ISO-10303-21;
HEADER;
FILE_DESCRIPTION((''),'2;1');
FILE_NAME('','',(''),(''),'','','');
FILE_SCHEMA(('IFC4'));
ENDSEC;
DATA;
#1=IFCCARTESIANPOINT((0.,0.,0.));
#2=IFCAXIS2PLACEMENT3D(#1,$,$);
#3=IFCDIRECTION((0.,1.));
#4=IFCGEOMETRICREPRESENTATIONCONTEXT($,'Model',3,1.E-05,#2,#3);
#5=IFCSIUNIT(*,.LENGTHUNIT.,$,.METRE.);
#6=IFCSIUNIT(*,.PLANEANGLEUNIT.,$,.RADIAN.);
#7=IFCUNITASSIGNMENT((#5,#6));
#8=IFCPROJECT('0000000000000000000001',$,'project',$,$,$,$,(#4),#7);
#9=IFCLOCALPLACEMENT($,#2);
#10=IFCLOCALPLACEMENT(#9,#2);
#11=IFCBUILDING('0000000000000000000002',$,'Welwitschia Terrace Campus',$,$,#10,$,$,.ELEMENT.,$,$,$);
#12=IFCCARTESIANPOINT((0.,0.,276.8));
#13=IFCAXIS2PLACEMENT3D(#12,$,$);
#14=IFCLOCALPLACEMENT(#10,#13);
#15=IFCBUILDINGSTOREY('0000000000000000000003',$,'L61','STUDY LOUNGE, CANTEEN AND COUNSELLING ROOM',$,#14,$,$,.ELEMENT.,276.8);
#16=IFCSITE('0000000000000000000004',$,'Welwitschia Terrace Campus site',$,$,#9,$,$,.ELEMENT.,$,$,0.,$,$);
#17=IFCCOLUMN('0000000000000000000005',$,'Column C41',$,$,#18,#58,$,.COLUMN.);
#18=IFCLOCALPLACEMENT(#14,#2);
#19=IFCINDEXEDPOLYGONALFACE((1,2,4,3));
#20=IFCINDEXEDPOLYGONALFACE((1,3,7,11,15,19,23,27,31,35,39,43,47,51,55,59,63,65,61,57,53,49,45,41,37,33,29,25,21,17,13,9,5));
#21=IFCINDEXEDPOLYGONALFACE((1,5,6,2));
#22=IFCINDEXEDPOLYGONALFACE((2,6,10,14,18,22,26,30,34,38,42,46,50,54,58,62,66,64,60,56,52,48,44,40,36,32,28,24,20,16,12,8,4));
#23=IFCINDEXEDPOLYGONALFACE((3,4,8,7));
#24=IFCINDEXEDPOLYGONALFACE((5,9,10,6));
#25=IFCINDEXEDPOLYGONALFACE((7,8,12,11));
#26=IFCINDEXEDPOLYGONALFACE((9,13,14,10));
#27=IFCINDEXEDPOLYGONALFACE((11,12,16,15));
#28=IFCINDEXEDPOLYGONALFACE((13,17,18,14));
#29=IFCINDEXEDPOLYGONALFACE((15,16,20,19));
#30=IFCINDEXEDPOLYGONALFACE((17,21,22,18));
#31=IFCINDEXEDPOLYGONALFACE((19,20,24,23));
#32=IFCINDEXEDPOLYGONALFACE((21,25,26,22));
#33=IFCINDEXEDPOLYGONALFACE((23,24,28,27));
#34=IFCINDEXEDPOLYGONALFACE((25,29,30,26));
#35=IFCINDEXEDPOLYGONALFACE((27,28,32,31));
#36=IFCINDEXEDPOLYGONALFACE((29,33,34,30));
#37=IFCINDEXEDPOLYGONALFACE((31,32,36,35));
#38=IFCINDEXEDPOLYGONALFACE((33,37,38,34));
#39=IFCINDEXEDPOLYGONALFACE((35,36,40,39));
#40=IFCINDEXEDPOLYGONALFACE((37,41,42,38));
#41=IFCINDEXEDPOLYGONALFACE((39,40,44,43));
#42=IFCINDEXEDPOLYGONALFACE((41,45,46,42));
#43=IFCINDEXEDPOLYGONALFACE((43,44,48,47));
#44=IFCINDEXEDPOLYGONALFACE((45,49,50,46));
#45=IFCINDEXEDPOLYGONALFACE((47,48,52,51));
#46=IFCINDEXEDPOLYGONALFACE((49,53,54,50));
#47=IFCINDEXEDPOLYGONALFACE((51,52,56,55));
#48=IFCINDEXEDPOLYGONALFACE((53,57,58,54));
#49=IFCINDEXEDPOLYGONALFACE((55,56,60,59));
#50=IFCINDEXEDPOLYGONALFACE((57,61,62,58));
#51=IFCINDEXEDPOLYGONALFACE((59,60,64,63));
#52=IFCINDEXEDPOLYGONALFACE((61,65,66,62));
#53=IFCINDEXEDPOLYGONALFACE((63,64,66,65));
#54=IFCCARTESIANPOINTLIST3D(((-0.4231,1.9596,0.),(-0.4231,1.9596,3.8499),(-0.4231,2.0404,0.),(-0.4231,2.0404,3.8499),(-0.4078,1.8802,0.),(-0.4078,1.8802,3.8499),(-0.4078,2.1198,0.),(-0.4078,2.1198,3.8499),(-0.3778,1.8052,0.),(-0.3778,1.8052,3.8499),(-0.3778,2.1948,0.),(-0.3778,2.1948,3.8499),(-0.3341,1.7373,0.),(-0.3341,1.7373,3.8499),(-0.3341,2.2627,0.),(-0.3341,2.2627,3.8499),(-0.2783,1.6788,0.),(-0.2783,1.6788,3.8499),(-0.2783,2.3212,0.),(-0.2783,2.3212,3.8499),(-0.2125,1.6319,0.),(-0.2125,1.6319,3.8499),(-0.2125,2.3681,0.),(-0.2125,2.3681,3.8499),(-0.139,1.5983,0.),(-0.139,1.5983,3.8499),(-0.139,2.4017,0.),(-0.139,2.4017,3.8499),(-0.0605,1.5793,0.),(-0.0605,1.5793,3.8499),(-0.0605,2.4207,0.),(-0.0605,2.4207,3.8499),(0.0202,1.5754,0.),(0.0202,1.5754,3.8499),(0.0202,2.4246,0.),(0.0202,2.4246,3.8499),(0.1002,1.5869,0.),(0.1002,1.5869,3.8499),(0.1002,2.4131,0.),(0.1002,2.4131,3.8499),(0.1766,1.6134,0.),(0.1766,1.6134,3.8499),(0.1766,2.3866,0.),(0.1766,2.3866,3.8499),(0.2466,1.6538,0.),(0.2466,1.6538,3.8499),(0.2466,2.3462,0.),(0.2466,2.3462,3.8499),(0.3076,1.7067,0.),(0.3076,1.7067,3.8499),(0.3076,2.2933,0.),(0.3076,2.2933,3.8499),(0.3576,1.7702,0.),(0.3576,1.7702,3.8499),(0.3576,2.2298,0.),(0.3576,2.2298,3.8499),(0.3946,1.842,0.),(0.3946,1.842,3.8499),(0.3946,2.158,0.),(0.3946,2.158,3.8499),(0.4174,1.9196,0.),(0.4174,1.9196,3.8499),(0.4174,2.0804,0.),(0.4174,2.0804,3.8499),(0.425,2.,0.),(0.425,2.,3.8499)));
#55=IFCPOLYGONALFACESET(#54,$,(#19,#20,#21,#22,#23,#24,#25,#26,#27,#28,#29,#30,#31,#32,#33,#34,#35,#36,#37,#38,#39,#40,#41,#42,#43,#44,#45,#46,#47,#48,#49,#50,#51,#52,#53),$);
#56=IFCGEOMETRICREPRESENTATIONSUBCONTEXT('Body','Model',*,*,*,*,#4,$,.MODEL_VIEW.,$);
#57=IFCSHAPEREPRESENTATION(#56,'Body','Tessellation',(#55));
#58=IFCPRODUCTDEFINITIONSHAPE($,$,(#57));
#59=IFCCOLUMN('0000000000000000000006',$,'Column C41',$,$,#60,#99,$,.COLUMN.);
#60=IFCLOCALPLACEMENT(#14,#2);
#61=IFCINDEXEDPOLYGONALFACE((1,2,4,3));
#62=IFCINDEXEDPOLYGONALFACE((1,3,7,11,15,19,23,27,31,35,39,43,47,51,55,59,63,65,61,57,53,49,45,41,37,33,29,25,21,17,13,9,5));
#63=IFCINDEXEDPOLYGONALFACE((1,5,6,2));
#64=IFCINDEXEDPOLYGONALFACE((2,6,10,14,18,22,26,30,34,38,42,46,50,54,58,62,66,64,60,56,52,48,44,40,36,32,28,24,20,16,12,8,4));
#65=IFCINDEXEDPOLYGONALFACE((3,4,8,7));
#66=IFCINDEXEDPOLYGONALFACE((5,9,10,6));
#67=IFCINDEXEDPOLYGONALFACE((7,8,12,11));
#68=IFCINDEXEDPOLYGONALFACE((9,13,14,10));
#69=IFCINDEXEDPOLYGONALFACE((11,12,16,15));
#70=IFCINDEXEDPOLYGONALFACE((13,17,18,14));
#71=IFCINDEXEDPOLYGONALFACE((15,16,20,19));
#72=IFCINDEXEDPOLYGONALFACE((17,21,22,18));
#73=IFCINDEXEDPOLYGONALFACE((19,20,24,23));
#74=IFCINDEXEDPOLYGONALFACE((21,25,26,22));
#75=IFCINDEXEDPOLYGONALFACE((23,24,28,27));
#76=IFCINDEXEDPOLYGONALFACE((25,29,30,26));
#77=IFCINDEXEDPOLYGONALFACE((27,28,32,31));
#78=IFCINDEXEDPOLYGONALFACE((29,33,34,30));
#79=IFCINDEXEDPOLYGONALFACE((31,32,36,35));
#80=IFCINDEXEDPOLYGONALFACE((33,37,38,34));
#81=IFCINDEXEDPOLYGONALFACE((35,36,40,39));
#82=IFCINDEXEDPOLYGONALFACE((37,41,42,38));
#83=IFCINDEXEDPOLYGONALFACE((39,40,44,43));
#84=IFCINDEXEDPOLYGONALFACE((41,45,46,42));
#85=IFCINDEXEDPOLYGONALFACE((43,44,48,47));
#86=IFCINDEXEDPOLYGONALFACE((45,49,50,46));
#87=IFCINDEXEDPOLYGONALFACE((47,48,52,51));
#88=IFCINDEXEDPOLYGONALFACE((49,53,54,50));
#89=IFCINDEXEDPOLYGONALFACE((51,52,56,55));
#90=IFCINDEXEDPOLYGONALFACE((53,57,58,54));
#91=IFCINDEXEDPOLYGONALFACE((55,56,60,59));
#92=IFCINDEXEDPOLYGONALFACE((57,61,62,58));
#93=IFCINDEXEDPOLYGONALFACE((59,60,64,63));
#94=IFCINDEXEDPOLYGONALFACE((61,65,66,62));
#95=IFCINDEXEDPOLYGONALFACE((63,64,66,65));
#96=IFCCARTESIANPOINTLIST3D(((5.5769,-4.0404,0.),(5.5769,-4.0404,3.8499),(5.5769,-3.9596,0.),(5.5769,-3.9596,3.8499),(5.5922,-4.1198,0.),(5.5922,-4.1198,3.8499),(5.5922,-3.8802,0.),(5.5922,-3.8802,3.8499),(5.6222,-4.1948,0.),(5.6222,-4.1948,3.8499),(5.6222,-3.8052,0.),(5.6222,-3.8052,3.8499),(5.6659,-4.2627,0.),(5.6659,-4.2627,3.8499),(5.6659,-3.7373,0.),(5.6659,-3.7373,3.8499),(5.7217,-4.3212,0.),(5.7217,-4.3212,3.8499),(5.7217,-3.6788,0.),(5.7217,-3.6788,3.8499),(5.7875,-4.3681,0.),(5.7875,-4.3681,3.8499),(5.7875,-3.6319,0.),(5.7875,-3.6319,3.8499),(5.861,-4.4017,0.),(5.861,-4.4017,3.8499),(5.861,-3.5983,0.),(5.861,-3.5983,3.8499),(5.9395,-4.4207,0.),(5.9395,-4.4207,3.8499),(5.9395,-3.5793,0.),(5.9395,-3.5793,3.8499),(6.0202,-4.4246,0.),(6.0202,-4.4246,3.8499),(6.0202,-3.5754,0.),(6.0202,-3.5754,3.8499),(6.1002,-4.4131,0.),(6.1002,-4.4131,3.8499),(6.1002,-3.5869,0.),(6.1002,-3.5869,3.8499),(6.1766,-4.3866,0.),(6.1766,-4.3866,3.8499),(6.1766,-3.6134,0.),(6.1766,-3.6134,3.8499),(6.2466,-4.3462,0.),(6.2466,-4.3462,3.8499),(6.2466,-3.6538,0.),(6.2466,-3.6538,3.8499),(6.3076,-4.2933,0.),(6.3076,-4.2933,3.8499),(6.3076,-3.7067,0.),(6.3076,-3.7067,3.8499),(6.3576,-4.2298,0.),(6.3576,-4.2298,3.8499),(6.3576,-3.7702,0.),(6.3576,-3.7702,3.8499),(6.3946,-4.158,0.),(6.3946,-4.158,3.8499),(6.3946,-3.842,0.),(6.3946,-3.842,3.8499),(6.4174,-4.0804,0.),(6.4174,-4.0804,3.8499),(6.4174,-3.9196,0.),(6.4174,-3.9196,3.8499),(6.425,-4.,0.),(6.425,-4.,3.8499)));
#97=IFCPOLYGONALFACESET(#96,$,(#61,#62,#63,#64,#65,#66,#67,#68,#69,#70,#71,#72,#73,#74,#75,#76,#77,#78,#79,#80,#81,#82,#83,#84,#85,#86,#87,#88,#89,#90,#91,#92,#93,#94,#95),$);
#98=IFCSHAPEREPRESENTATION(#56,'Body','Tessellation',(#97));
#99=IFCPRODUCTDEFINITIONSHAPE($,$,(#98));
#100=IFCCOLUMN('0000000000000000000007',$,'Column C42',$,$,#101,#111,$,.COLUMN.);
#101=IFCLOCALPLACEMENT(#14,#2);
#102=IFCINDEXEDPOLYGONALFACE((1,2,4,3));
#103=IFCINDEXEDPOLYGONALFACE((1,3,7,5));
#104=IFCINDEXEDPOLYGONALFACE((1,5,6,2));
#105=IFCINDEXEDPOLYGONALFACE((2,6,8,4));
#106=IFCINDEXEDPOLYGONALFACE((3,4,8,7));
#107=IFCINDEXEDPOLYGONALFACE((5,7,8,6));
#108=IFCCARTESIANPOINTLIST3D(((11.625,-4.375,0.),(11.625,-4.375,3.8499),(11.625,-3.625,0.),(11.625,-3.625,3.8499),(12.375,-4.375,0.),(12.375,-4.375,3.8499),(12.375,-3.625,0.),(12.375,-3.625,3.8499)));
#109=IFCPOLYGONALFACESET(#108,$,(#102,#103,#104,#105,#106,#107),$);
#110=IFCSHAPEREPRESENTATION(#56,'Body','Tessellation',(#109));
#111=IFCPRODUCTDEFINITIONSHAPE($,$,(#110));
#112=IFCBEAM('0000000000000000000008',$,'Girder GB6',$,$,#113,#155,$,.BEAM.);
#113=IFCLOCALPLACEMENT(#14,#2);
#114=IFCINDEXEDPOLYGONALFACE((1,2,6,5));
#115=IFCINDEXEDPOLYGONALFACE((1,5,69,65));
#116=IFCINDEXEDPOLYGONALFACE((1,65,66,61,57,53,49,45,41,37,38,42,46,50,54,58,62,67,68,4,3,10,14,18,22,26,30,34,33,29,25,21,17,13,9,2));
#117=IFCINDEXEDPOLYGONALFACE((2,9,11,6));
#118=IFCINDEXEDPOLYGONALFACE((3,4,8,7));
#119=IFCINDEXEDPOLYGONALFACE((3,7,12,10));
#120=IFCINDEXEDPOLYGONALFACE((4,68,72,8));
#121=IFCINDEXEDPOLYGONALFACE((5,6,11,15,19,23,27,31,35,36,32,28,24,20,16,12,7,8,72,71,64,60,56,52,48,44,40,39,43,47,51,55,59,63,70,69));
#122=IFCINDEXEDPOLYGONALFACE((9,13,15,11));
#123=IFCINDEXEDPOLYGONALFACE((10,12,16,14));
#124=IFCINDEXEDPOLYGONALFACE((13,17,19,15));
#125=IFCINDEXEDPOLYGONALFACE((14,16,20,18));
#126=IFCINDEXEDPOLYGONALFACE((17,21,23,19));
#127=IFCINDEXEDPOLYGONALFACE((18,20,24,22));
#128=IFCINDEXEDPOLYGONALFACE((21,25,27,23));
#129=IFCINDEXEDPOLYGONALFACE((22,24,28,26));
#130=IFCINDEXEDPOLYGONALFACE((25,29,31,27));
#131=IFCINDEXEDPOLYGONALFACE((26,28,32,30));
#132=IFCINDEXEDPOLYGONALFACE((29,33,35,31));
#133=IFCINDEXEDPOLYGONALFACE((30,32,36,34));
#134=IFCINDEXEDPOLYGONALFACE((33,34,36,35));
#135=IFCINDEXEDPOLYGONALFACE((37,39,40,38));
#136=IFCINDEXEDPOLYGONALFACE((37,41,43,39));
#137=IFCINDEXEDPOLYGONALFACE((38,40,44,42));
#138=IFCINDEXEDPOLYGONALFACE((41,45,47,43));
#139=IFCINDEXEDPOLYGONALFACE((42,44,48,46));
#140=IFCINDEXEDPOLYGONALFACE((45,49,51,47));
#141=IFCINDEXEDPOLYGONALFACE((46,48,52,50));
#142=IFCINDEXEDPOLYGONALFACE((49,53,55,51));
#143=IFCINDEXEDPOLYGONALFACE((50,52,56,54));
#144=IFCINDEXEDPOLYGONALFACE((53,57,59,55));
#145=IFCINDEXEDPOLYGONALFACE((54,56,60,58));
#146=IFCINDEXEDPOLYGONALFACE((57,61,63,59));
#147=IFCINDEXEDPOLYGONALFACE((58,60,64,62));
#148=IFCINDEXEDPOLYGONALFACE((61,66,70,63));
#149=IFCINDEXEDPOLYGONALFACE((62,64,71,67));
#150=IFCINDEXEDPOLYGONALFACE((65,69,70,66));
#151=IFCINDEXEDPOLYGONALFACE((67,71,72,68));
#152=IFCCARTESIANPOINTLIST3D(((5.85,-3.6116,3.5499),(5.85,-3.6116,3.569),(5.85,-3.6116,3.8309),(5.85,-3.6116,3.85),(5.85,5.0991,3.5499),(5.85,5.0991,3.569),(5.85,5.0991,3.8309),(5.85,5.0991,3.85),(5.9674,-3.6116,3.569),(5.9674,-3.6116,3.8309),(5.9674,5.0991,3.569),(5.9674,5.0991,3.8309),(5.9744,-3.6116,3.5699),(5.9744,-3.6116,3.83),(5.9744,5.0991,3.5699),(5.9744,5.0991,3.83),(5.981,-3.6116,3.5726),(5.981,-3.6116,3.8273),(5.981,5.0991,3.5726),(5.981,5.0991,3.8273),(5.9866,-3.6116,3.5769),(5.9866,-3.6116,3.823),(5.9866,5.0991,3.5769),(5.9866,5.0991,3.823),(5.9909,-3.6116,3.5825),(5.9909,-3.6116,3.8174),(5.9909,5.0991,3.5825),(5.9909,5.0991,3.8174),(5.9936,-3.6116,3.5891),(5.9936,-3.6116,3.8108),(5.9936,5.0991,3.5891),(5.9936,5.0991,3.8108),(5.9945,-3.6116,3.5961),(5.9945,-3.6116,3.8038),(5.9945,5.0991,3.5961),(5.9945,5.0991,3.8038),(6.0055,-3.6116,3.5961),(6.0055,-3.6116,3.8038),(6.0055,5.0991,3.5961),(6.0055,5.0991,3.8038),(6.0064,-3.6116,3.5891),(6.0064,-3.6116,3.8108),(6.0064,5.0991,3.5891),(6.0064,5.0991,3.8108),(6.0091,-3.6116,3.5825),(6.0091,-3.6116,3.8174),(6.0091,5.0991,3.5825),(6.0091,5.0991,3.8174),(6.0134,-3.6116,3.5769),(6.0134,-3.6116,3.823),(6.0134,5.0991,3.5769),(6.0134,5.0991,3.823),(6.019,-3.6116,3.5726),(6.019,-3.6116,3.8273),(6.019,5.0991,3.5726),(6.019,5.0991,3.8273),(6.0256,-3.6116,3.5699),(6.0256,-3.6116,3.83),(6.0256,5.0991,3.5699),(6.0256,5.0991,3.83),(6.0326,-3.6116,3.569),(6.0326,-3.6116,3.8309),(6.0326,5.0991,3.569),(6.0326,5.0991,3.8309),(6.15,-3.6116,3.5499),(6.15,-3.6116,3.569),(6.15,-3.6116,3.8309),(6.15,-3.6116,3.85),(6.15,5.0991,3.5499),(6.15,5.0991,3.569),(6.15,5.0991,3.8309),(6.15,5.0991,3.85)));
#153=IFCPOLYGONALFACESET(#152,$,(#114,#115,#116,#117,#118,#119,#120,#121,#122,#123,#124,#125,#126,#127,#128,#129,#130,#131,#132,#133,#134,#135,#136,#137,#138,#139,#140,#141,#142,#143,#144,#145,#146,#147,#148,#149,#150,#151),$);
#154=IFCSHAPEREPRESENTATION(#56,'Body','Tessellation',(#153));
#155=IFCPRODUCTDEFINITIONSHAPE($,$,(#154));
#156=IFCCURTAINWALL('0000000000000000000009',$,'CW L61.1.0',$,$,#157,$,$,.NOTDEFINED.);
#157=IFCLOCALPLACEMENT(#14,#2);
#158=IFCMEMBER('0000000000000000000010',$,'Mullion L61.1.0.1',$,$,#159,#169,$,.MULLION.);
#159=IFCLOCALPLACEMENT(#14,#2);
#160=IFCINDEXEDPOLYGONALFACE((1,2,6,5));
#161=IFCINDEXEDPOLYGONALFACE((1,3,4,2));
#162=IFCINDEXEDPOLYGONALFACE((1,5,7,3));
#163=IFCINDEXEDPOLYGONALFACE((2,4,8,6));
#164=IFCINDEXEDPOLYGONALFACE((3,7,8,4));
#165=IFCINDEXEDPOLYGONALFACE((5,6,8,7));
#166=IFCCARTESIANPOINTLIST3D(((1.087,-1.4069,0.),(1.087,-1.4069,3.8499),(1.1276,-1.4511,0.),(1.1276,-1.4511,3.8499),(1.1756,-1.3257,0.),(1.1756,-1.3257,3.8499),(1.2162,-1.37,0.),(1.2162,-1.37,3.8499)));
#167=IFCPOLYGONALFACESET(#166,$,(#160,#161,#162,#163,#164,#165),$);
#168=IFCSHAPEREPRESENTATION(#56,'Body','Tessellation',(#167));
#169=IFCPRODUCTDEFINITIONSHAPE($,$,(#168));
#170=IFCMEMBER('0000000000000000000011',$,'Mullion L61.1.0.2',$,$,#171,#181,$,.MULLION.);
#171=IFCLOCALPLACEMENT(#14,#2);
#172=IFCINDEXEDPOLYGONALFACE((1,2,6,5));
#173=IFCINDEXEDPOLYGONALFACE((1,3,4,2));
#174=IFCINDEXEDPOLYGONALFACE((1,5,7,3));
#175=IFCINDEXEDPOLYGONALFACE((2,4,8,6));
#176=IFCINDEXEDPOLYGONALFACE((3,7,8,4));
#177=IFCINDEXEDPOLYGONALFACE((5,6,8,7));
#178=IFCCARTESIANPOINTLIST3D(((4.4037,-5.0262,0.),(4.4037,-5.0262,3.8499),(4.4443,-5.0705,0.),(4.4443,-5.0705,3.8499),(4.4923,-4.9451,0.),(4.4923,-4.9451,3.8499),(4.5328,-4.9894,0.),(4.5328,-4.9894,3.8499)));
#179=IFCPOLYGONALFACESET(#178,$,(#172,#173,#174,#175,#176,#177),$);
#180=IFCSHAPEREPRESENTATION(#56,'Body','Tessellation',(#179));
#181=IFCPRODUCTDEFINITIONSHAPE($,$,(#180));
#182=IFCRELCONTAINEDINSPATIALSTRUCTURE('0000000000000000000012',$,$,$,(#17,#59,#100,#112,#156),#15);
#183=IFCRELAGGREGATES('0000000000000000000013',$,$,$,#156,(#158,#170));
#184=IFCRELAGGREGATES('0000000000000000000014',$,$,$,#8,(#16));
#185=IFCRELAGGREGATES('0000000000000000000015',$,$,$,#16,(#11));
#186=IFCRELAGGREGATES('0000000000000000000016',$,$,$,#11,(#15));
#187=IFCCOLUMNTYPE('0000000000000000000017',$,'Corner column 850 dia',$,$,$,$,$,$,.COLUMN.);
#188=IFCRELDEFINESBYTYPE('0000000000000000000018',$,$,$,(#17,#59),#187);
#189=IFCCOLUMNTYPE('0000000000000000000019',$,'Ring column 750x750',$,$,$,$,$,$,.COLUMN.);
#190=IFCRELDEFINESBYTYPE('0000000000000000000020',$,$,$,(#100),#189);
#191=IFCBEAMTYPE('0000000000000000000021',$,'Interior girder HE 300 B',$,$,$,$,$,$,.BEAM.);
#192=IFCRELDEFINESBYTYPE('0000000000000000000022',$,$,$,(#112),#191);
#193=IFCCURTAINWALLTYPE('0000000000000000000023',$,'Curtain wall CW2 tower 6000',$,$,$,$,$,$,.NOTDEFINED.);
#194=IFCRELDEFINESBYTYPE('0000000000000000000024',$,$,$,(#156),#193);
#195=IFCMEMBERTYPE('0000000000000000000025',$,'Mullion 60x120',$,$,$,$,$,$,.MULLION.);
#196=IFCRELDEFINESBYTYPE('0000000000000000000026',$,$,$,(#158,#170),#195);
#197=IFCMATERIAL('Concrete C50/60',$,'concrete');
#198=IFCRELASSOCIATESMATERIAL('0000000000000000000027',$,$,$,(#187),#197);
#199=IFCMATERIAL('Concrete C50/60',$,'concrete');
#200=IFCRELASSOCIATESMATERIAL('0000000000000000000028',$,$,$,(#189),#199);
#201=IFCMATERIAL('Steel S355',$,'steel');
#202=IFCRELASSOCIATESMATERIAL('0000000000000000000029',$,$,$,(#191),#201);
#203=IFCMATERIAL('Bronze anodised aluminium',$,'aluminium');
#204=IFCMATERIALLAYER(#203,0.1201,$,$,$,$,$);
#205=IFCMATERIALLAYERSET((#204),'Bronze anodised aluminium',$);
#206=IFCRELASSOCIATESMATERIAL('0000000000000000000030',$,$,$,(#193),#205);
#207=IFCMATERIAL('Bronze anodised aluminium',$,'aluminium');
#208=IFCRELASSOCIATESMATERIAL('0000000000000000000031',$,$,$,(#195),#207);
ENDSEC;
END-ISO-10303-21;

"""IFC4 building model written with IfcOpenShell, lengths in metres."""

from ifc_helpers import new_model, si_unit, direction, frame, origin, origin_2d, place, context, subcontext, project, spatial, rectangle, circle, i_section, extrude, material, layer, layer_set, material_profile, profile_set, type_object, element, aggregate, save


model = new_model("IFC4")

# Units and contexts
model_context = context("Model", 3, precision=1e-05, world=origin(), true_north=direction((0.0, 1.0)))
body_context = subcontext(model_context, "Body", "Model", "MODEL_VIEW")
ifc_project = project(units=[si_unit("LENGTHUNIT", "METRE"), si_unit("PLANEANGLEUNIT", "RADIAN")], contexts=[model_context])

# Site, building, storey
site_placement = place(None, origin())
site = spatial("IfcSite", under=ifc_project, at=site_placement, Name="Welwitschia Terrace Campus site", CompositionType="ELEMENT", RefElevation=0.0)
building_placement = place(site_placement, origin())
building = spatial("IfcBuilding", under=site, at=building_placement, Name="Welwitschia Terrace Campus", CompositionType="ELEMENT")
storey_placement = place(building_placement, frame((0.0, 0.0, 276.8)))
storey = spatial("IfcBuildingStorey", under=building, at=storey_placement, Name="L61", Description="STUDY LOUNGE, CANTEEN AND COUNSELLING ROOM", CompositionType="ELEMENT", Elevation=276.8)

# Columns
ifc_material_1 = material(Name="Concrete C50/60", Category="concrete")
ifc_material_profile_1 = material_profile(ifc_material_1, circle(Radius=0.425, at=origin_2d()))
ifc_profile_set_1 = profile_set([ifc_material_profile_1], Name="Concrete C50/60")
column_type_1 = type_object("IfcColumnType", Name="Corner column 850 dia", PredefinedType="COLUMN", material=ifc_profile_set_1)
for number, where, z_axis, x_axis, name in (
    (1, (0.0, 2.0, 0.0), (0.0, 0.0, 1.0), (1.0, 0.0, 0.0), "Column C41"),
    (2, (6.0, -4.0, 0.0), (0.0, 0.0, 1.0), (1.0, 0.0, 0.0), "Column C41"),
):
    element("IfcColumn", number, at=place(storey_placement, frame(where, z_axis=z_axis, x_axis=x_axis)), inside=storey, type_object=column_type_1, Name=name, PredefinedType="COLUMN", context=body_context, shape_type="SweptSolid", body=[
        extrude(circle(Radius=0.425, at=origin_2d()), origin(), (0.0, 0.0, 1.0), 3.8499),
    ])
ifc_material_2 = material(Name="Concrete C50/60", Category="concrete")
ifc_material_profile_2 = material_profile(ifc_material_2, rectangle(XDim=0.75, YDim=0.75, at=origin_2d()))
ifc_profile_set_2 = profile_set([ifc_material_profile_2], Name="Concrete C50/60")
column_type_2 = type_object("IfcColumnType", Name="Ring column 750x750", PredefinedType="COLUMN", material=ifc_profile_set_2)
column_placement = place(storey_placement, frame((12.0, -4.0, 0.0), z_axis=(0.0, 0.0, 1.0), x_axis=(1.0, 0.0, 0.0)))
element("IfcColumn", 3, at=column_placement, inside=storey, type_object=column_type_2, Name="Column C42", PredefinedType="COLUMN", context=body_context, shape_type="SweptSolid", body=[
    extrude(rectangle(XDim=0.75, YDim=0.75, at=origin_2d()), origin(), (0.0, 0.0, 1.0), 3.8499),
])

# Beam
ifc_material_3 = material(Name="Steel S355", Category="steel")
ifc_material_profile_3 = material_profile(ifc_material_3, i_section(OverallWidth=0.3, OverallDepth=0.3, WebThickness=0.011, FlangeThickness=0.019, FilletRadius=0.0271, at=origin_2d()))
ifc_profile_set_3 = profile_set([ifc_material_profile_3], Name="Steel S355")
beam_type_1 = type_object("IfcBeamType", Name="Interior girder HE 300 B", PredefinedType="BEAM", material=ifc_profile_set_3)
beam_1_placement = place(storey_placement, frame((6.0, -3.6116, 3.7), z_axis=(0.0, 1.0, 0.0), x_axis=(-1.0, 0.0, 0.0)))
element("IfcBeam", 4, at=beam_1_placement, inside=storey, type_object=beam_type_1, Name="Girder GB6", PredefinedType="BEAM", context=body_context, shape_type="SweptSolid", body=[
    extrude(i_section(OverallWidth=0.3, OverallDepth=0.3, WebThickness=0.011, FlangeThickness=0.019, FilletRadius=0.0271, at=origin_2d()), origin(), (0.0, 0.0, 1.0), 8.7107),
])

# Curtain wall, members
ifc_material_4 = material(Name="Bronze anodised aluminium", Category="aluminium")
ifc_layer_1 = layer(ifc_material_4, 0.1201)
ifc_layer_set_1 = layer_set([ifc_layer_1], Name="Bronze anodised aluminium")
curtain_wall_type = type_object("IfcCurtainWallType", Name="Curtain wall CW2 tower 6000", PredefinedType="NOTDEFINED", material=ifc_layer_set_1)
curtain_wall_placement = place(storey_placement, origin())
curtain_wall = element("IfcCurtainWall", 5, at=curtain_wall_placement, inside=storey, type_object=curtain_wall_type, Name="CW L61.1.0", PredefinedType="NOTDEFINED")
ifc_material_5 = material(Name="Bronze anodised aluminium", Category="aluminium")
ifc_material_profile_4 = material_profile(ifc_material_5, rectangle(XDim=0.1201, YDim=0.0601, at=origin_2d()))
ifc_profile_set_4 = profile_set([ifc_material_profile_4], Name="Bronze anodised aluminium")
member_type = type_object("IfcMemberType", Name="Mullion 60x120", PredefinedType="MULLION", material=ifc_profile_set_4)
member_1_placement = place(storey_placement, frame((1.1516, -1.3884, 0.0), z_axis=(0.0, 0.0, 1.0), x_axis=(0.737277, 0.67559, 0.0)))
member_1 = element("IfcMember", 6, at=member_1_placement, type_object=member_type, Name="Mullion L61.1.0.1", PredefinedType="MULLION", context=body_context, shape_type="SweptSolid", body=[
    extrude(rectangle(XDim=0.1201, YDim=0.0601, at=origin_2d()), origin(), (0.0, 0.0, 1.0), 3.8499),
])
member_2_placement = place(storey_placement, frame((4.4683, -5.0078, 0.0), z_axis=(0.0, 0.0, 1.0), x_axis=(0.737277, 0.67559, 0.0)))
member_2 = element("IfcMember", 7, at=member_2_placement, type_object=member_type, Name="Mullion L61.1.0.2", PredefinedType="MULLION", context=body_context, shape_type="SweptSolid", body=[
    extrude(rectangle(XDim=0.1201, YDim=0.0601, at=origin_2d()), origin(), (0.0, 0.0, 1.0), 3.8499),
])

aggregate(curtain_wall, [member_1, member_2])

save(model, "model.ifc")
